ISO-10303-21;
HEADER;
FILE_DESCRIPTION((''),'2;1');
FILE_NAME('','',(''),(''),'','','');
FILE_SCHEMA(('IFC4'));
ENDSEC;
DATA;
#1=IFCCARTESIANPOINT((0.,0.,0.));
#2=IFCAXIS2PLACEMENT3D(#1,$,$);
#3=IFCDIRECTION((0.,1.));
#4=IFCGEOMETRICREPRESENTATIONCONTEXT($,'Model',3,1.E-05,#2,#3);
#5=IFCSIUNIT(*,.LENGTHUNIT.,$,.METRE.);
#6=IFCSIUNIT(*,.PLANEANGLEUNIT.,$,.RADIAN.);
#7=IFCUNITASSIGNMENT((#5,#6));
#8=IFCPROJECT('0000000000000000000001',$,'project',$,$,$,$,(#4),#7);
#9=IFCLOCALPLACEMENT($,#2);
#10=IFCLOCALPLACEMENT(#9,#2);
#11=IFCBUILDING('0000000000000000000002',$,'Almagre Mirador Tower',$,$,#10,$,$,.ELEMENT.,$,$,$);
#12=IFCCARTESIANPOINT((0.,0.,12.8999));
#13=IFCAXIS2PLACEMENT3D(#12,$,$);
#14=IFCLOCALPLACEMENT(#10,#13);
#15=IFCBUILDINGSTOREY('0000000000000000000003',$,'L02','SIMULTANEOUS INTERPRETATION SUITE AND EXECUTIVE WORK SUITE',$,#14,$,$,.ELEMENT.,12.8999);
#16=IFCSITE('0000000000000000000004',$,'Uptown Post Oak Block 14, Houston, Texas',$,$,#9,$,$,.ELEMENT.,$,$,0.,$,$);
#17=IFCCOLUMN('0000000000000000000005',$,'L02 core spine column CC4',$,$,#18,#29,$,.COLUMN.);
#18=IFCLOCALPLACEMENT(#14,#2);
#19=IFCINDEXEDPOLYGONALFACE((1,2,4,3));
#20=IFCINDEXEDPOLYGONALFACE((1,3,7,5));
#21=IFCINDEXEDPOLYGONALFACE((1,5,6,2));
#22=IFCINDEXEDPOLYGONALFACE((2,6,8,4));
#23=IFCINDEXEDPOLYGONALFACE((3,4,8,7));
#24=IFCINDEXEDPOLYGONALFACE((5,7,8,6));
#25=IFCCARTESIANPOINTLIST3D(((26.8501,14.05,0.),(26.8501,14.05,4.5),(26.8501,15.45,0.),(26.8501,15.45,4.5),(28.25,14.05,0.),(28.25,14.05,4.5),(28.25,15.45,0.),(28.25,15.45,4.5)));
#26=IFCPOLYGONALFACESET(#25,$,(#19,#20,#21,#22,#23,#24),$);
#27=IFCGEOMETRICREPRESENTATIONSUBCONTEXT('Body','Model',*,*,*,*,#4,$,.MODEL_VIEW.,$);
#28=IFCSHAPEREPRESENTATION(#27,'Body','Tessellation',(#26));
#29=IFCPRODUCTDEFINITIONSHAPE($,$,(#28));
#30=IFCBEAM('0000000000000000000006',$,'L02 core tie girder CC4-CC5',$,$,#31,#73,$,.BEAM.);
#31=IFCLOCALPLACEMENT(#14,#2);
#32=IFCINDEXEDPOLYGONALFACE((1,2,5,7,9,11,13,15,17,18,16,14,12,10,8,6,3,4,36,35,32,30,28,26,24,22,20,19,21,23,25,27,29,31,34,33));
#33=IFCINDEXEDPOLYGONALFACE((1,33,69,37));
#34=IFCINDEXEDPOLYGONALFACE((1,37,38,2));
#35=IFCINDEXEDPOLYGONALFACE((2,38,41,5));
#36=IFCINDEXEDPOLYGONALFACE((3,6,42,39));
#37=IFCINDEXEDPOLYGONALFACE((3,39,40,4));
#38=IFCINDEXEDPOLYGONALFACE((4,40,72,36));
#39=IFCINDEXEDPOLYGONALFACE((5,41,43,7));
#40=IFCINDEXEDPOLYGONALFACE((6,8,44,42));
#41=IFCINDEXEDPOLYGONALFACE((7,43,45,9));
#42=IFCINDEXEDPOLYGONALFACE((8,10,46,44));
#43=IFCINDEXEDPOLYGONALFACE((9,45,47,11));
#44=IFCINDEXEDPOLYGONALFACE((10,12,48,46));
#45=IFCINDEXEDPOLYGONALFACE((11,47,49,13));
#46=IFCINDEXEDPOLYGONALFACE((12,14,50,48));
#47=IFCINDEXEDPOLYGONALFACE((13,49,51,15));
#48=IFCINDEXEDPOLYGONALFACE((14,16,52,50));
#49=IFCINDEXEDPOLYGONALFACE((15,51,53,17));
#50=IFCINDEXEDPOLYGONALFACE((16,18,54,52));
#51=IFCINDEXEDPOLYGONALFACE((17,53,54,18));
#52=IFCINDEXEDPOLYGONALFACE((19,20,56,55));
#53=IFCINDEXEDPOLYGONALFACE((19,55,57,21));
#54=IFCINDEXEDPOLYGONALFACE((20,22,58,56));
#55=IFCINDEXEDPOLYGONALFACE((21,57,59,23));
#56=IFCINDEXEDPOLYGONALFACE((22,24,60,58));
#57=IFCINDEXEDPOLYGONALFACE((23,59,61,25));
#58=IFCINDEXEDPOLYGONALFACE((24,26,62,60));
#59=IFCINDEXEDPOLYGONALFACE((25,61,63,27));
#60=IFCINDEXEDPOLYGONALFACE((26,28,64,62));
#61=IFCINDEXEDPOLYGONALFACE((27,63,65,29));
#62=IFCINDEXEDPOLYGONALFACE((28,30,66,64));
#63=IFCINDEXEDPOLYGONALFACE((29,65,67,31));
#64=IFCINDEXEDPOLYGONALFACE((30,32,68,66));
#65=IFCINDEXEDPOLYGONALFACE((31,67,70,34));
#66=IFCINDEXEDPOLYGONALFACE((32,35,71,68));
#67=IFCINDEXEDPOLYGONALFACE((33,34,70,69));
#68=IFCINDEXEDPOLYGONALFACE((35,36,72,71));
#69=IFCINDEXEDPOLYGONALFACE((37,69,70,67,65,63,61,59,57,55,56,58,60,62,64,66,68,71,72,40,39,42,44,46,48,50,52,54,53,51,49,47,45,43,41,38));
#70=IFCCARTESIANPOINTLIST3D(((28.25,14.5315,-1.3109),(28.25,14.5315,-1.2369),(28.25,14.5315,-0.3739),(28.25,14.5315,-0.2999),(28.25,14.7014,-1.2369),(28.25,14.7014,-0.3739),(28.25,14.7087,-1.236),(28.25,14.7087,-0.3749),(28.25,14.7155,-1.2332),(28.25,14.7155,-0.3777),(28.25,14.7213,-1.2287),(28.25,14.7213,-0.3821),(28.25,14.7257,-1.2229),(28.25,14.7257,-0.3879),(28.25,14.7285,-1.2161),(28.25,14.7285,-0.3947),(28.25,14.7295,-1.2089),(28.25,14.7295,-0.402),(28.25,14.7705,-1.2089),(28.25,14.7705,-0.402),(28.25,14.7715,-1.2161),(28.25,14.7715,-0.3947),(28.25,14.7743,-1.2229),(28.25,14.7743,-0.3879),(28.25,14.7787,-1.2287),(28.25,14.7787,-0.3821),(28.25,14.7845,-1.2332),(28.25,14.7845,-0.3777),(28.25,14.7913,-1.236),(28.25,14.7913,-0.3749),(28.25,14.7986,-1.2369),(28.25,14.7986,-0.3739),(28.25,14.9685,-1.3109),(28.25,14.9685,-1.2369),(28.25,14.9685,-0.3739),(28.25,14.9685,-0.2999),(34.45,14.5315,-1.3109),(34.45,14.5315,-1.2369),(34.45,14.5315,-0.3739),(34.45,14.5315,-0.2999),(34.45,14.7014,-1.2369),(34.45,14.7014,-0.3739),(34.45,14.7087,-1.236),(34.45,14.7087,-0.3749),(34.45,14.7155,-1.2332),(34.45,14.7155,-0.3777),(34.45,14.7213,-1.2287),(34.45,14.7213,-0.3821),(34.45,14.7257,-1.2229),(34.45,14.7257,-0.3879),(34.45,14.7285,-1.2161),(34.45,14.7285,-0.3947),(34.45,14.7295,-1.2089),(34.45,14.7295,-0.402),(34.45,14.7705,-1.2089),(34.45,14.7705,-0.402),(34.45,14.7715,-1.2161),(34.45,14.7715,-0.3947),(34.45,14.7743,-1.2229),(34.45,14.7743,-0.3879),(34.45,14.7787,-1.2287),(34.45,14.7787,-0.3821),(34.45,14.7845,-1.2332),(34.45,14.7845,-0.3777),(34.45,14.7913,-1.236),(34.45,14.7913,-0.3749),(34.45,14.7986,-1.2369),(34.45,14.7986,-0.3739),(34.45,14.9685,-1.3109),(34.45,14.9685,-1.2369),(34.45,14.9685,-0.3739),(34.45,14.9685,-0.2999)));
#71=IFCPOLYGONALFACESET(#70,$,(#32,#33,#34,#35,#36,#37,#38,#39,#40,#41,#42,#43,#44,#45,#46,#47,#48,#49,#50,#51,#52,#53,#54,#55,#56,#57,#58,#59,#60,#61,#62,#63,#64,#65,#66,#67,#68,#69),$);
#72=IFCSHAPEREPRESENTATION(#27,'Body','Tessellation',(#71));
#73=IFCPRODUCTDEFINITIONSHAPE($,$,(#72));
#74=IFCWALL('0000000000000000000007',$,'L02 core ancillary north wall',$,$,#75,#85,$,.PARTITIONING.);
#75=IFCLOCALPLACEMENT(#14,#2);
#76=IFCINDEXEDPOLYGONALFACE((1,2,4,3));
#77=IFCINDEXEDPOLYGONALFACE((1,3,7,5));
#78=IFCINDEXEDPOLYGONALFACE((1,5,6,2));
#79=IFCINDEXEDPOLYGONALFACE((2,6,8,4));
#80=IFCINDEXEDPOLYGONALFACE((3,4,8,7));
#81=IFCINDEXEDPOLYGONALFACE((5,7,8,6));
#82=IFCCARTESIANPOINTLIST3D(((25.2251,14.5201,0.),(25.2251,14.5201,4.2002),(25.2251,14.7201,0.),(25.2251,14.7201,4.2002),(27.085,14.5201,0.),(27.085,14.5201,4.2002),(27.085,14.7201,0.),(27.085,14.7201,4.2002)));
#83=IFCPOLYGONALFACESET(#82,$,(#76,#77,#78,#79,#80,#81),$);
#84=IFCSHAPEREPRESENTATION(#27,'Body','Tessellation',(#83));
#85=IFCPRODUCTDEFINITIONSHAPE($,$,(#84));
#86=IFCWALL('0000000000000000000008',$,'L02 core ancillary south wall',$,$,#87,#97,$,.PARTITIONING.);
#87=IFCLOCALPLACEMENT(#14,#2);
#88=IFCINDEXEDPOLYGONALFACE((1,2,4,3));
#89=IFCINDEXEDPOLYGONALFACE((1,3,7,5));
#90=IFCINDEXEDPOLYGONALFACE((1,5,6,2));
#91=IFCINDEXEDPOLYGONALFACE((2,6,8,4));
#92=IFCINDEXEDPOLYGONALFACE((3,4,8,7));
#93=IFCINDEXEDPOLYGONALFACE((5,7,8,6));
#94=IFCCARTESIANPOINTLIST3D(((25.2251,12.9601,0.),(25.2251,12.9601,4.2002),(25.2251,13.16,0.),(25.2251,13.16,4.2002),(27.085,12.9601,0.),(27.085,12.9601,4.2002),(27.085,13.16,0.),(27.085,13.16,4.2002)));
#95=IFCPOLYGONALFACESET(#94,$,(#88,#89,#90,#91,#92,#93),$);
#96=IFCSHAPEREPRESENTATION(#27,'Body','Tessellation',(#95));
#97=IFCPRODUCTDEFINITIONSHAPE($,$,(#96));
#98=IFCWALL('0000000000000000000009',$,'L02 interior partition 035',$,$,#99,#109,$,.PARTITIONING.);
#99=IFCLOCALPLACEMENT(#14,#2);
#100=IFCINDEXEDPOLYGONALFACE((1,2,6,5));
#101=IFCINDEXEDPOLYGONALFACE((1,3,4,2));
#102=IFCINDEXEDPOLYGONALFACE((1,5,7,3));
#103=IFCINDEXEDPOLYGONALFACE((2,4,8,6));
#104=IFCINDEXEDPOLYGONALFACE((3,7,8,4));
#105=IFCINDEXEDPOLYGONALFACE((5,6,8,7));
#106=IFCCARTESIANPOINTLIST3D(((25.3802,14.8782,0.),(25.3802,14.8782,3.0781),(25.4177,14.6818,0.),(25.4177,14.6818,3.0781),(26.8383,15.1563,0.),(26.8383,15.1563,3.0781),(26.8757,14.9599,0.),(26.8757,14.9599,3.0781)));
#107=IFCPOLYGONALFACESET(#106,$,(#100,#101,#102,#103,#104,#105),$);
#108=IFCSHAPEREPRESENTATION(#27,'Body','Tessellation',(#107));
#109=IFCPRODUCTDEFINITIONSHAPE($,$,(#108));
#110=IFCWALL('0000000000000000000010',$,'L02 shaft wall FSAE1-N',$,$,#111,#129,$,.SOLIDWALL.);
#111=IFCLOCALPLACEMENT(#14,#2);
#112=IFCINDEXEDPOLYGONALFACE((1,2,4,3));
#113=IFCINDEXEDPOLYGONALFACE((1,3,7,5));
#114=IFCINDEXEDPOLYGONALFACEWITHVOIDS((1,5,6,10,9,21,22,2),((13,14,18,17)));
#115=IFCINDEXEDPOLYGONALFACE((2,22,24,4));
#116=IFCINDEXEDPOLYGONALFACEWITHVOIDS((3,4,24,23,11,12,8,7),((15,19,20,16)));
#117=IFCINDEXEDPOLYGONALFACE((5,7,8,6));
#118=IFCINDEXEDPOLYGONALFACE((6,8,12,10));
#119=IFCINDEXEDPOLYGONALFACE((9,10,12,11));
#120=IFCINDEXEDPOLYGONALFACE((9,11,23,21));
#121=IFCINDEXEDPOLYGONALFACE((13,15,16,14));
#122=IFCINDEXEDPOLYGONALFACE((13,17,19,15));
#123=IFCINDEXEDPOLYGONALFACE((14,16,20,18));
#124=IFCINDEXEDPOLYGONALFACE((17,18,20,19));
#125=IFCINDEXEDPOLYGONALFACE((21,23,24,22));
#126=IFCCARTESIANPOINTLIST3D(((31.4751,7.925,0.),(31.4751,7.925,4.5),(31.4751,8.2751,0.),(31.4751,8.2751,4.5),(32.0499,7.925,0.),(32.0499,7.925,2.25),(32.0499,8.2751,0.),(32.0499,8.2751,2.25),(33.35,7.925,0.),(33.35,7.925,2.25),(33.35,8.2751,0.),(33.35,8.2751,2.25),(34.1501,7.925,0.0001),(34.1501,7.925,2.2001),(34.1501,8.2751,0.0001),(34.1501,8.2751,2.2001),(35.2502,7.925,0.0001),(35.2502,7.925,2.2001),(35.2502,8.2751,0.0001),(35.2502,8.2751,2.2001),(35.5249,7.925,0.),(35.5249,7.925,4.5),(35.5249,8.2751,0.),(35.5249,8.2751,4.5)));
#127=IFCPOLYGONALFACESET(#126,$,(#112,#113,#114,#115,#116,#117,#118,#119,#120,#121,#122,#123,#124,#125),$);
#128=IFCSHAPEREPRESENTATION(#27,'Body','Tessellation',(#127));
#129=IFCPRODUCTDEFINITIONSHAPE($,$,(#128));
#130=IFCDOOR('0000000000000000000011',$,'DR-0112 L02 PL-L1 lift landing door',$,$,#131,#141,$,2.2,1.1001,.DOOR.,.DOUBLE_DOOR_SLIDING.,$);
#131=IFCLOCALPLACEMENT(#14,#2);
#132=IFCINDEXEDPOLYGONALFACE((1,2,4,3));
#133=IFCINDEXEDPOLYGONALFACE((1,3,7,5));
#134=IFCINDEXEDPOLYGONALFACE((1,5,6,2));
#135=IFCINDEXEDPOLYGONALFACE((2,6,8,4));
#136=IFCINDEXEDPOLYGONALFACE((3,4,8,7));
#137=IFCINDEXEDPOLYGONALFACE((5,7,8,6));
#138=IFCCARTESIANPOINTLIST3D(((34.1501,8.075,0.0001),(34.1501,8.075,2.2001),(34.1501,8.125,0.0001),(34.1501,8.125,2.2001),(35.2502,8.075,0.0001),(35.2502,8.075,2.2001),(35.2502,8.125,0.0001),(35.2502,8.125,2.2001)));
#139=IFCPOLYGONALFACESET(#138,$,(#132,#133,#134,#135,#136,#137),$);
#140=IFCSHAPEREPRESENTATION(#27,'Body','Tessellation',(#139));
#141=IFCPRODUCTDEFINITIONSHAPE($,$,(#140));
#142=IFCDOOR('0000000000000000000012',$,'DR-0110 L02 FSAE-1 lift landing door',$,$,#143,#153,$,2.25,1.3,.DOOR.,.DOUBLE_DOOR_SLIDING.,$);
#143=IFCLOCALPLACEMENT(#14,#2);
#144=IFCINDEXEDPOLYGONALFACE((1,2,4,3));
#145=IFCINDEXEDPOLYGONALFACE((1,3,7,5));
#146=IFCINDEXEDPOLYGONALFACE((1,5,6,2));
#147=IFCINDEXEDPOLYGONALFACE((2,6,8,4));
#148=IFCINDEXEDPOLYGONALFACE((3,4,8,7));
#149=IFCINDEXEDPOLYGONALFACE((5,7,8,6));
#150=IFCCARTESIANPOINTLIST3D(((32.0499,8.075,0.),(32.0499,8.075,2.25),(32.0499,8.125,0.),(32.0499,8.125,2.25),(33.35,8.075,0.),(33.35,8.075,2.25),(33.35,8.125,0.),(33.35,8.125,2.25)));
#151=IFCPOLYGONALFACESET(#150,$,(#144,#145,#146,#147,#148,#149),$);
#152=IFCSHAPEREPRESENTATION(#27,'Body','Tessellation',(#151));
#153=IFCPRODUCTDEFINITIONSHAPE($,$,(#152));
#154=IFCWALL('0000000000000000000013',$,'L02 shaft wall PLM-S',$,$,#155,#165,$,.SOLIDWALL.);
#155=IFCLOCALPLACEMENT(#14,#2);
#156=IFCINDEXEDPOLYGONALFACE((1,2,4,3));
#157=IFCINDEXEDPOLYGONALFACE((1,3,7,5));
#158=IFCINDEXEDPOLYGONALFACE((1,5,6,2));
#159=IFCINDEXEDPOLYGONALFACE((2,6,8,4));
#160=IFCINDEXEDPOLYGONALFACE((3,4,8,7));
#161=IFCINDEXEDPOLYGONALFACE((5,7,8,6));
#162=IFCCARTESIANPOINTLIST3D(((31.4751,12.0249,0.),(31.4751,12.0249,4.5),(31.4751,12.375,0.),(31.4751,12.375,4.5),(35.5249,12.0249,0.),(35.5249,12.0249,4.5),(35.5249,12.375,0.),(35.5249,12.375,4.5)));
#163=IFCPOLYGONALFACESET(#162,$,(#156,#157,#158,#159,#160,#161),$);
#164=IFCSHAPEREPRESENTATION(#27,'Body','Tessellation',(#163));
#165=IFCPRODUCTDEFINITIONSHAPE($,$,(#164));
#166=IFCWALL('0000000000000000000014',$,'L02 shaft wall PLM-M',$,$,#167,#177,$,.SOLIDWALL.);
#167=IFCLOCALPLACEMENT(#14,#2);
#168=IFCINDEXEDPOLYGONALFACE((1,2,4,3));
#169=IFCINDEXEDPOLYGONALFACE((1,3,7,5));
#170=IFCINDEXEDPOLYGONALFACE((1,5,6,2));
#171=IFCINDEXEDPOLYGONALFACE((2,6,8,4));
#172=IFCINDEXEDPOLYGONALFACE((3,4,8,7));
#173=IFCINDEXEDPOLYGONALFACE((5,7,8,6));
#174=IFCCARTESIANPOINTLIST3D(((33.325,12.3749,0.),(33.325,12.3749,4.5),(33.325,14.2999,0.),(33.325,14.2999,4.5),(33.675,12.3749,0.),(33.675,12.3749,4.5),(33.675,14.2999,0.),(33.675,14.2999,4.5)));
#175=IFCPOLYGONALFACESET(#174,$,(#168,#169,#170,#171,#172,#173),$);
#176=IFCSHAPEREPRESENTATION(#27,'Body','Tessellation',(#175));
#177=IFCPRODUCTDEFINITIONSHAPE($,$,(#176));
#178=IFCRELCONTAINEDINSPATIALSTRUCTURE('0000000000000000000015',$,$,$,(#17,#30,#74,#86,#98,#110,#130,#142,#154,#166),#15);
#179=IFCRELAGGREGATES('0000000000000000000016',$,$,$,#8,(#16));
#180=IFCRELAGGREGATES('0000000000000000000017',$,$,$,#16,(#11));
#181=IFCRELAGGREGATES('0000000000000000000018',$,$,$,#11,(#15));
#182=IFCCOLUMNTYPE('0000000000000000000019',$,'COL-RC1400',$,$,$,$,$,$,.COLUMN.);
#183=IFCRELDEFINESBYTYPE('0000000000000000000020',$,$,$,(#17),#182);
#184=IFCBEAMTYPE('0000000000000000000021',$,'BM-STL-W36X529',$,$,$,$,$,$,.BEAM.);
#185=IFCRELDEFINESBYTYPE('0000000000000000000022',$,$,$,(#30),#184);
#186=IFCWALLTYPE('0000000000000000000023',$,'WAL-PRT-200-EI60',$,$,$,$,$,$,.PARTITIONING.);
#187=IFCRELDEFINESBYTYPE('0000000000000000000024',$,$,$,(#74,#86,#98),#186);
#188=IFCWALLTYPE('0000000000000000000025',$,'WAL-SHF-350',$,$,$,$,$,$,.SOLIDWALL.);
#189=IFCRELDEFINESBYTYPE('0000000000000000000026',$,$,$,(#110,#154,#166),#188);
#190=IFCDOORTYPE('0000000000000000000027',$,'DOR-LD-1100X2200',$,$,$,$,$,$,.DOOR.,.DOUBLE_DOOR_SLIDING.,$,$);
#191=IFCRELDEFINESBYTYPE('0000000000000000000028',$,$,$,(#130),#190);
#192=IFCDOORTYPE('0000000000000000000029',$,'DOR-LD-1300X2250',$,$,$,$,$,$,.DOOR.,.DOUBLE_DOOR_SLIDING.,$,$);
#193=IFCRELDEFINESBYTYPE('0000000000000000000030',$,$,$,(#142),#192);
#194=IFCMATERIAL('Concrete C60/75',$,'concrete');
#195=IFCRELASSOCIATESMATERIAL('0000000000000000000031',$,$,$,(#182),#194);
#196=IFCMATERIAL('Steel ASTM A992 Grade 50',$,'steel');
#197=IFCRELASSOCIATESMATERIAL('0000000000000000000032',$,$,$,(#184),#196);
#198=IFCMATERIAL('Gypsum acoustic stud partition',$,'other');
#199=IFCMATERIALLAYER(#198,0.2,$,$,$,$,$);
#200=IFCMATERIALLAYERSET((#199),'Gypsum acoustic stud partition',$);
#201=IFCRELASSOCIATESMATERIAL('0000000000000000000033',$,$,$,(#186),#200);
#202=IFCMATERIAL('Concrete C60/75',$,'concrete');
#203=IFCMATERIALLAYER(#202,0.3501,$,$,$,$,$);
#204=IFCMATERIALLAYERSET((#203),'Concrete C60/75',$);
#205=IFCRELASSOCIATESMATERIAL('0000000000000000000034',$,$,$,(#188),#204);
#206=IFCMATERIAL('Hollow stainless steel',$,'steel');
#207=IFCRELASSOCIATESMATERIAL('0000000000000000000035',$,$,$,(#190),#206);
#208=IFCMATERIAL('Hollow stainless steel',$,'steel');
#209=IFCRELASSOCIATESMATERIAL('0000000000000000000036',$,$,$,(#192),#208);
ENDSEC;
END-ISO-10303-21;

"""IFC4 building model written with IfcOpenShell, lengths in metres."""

from ifc_helpers import new_model, si_unit, direction, frame, frame_2d, origin, origin_2d, place, context, subcontext, project, spatial, rectangle, i_section, extrude, material, layer, layer_set, material_profile, profile_set, type_object, element, fill, save


model = new_model("IFC4")

# Units and contexts
model_context = context("Model", 3, precision=1e-05, world=origin(), true_north=direction((0.0, 1.0)))
body_context = subcontext(model_context, "Body", "Model", "MODEL_VIEW")
ifc_project = project(units=[si_unit("LENGTHUNIT", "METRE"), si_unit("PLANEANGLEUNIT", "RADIAN")], contexts=[model_context])

# Site, building, storey
site_placement = place(None, origin())
site = spatial("IfcSite", under=ifc_project, at=site_placement, Name="Uptown Post Oak Block 14, Houston, Texas", CompositionType="ELEMENT", RefElevation=0.0)
building_placement = place(site_placement, origin())
building = spatial("IfcBuilding", under=site, at=building_placement, Name="Almagre Mirador Tower", CompositionType="ELEMENT")
storey_placement = place(building_placement, frame((0.0, 0.0, 12.8999)))
storey = spatial("IfcBuildingStorey", under=building, at=storey_placement, Name="L02", Description="SIMULTANEOUS INTERPRETATION SUITE AND EXECUTIVE WORK SUITE", CompositionType="ELEMENT", Elevation=12.8999)

# Column
ifc_material_1 = material(Name="Concrete C60/75", Category="concrete")
ifc_material_profile_1 = material_profile(ifc_material_1, rectangle(XDim=1.3999, YDim=1.3999, at=origin_2d()), Name="RC1400X1400")
ifc_profile_set_1 = profile_set([ifc_material_profile_1], Name="Concrete C60/75")
column_type = type_object("IfcColumnType", Name="COL-RC1400", PredefinedType="COLUMN", material=ifc_profile_set_1)
column_placement = place(storey_placement, frame((27.55, 14.75, 0.0), z_axis=(0.0, 0.0, 1.0), x_axis=(1.0, 0.0, 0.0)))
element("IfcColumn", 1, at=column_placement, inside=storey, type_object=column_type, Name="L02 core spine column CC4", PredefinedType="COLUMN", context=body_context, shape_type="SweptSolid", body=[
    extrude(rectangle(XDim=1.3999, YDim=1.3999, at=origin_2d()), origin(), (0.0, 0.0, 1.0), 4.5),
])

# Beam
ifc_material_2 = material(Name="Steel ASTM A992 Grade 50", Category="steel")
ifc_material_profile_2 = material_profile(ifc_material_2, i_section(OverallWidth=0.437, OverallDepth=1.011, WebThickness=0.041, FlangeThickness=0.074, FilletRadius=0.0281, at=origin_2d()), Name="W36X529")
ifc_profile_set_2 = profile_set([ifc_material_profile_2], Name="Steel ASTM A992 Grade 50")
beam_type = type_object("IfcBeamType", Name="BM-STL-W36X529", PredefinedType="BEAM", material=ifc_profile_set_2)
beam_placement = place(storey_placement, frame((28.25, 14.75, -0.8054), z_axis=(1.0, 0.0, 0.0), x_axis=(0.0, 1.0, 0.0)))
element("IfcBeam", 2, at=beam_placement, inside=storey, type_object=beam_type, Name="L02 core tie girder CC4-CC5", PredefinedType="BEAM", context=body_context, shape_type="SweptSolid", body=[
    extrude(i_section(OverallWidth=0.437, OverallDepth=1.011, WebThickness=0.041, FlangeThickness=0.074, FilletRadius=0.0281, at=origin_2d()), origin(), (0.0, 0.0, 1.0), 6.2),
])

# Walls
ifc_material_3 = material(Name="Gypsum acoustic stud partition", Category="other")
ifc_layer_1 = layer(ifc_material_3, 0.2)
ifc_layer_set_1 = layer_set([ifc_layer_1], Name="Gypsum acoustic stud partition")
wall_type_1 = type_object("IfcWallType", Name="WAL-PRT-200-EI60", PredefinedType="PARTITIONING", material=ifc_layer_set_1)
for number, where, z_axis, x_axis, name in (
    (3, (25.2251, 14.6201, 0.0), (0.0, 0.0, 1.0), (1.0, 0.0, 0.0), "L02 core ancillary north wall"),
    (4, (25.2251, 13.0601, 0.0), (0.0, 0.0, 1.0), (1.0, 0.0, 0.0), "L02 core ancillary south wall"),
):
    element("IfcWall", number, at=place(storey_placement, frame(where, z_axis=z_axis, x_axis=x_axis)), inside=storey, type_object=wall_type_1, Name=name, PredefinedType="PARTITIONING", context=body_context, shape_type="SweptSolid", body=[
        extrude(rectangle(XDim=1.8599, YDim=0.2, at=frame_2d((0.9299, 0.0))), origin(), (0.0, 0.0, 1.0), 4.2002),
    ])
wall_1_placement = place(storey_placement, frame((25.3989, 14.78, 0.0), z_axis=(0.0, 0.0, 1.0), x_axis=(0.982294, 0.187346, 0.0)))
element("IfcWall", 5, at=wall_1_placement, inside=storey, type_object=wall_type_1, Name="L02 interior partition 035", PredefinedType="PARTITIONING", context=body_context, shape_type="SweptSolid", body=[
    extrude(rectangle(XDim=1.4844, YDim=0.2, at=frame_2d((0.7422, 0.0))), origin(), (0.0, 0.0, 1.0), 3.0781),
])

# Wall, openings, doors
ifc_material_4 = material(Name="Concrete C60/75", Category="concrete")
ifc_layer_2 = layer(ifc_material_4, 0.3501)
ifc_layer_set_2 = layer_set([ifc_layer_2], Name="Concrete C60/75")
wall_type_2 = type_object("IfcWallType", Name="WAL-SHF-350", PredefinedType="SOLIDWALL", material=ifc_layer_set_2)
wall_2_placement = place(storey_placement, frame((31.4751, 8.1001, 0.0), z_axis=(0.0, 0.0, 1.0), x_axis=(1.0, 0.0, 0.0)))
wall_2 = element("IfcWall", 6, at=wall_2_placement, inside=storey, type_object=wall_type_2, Name="L02 shaft wall FSAE1-N", PredefinedType="SOLIDWALL", context=body_context, shape_type="SweptSolid", body=[
    extrude(rectangle(XDim=4.0498, YDim=0.3501, at=frame_2d((2.0249, 0.0))), origin(), (0.0, 0.0, 1.0), 4.5),
])
opening_1_placement = place(wall_2_placement, frame((0.575, 0.0, 0.0)))
opening_1 = element("IfcOpeningElement", 7, at=opening_1_placement, cuts=wall_2, PredefinedType="OPENING", context=body_context, shape_type="SweptSolid", body=[
    extrude(rectangle(XDim=1.3, YDim=2.25, at=frame_2d((0.6499, 1.125))), frame((0.0, 0.185, 0.0), z_axis=(0.0, -1.0, 0.0), x_axis=(1.0, 0.0, 0.0)), (0.0, 0.0, 1.0), 0.3701),
])
opening_2_placement = place(wall_2_placement, frame((2.675, 0.0, 0.0)))
opening_2 = element("IfcOpeningElement", 8, at=opening_2_placement, cuts=wall_2, PredefinedType="OPENING", context=body_context, shape_type="SweptSolid", body=[
    extrude(rectangle(XDim=1.1001, YDim=2.2, at=frame_2d((0.55, 1.1001))), frame((0.0, 0.185, 0.0), z_axis=(0.0, -1.0, 0.0), x_axis=(1.0, 0.0, 0.0)), (0.0, 0.0, 1.0), 0.3701),
])
ifc_material_5 = material(Name="Hollow stainless steel", Category="steel")
door_type_1 = type_object("IfcDoorType", Name="DOR-LD-1100X2200", OperationType="DOUBLE_DOOR_SLIDING", PredefinedType="DOOR", material=ifc_material_5)
door_1_placement = place(opening_2_placement, origin())
door_1 = element("IfcDoor", 9, at=door_1_placement, inside=storey, type_object=door_type_1, Name="DR-0112 L02 PL-L1 lift landing door", OperationType="DOUBLE_DOOR_SLIDING", OverallHeight=2.2, OverallWidth=1.1001, PredefinedType="DOOR", context=body_context, shape_type="SweptSolid", body=[
    extrude(rectangle(XDim=1.1001, YDim=2.2, at=frame_2d((0.55, 1.1001))), frame((0.0, 0.0249, 0.0), z_axis=(0.0, -1.0, 0.0), x_axis=(1.0, 0.0, 0.0)), (0.0, 0.0, 1.0), 0.05),
])
fill(opening_2, door_1)
ifc_material_6 = material(Name="Hollow stainless steel", Category="steel")
door_type_2 = type_object("IfcDoorType", Name="DOR-LD-1300X2250", OperationType="DOUBLE_DOOR_SLIDING", PredefinedType="DOOR", material=ifc_material_6)
door_2_placement = place(opening_1_placement, origin())
door_2 = element("IfcDoor", 10, at=door_2_placement, inside=storey, type_object=door_type_2, Name="DR-0110 L02 FSAE-1 lift landing door", OperationType="DOUBLE_DOOR_SLIDING", OverallHeight=2.25, OverallWidth=1.3, PredefinedType="DOOR", context=body_context, shape_type="SweptSolid", body=[
    extrude(rectangle(XDim=1.3, YDim=2.25, at=frame_2d((0.6499, 1.125))), frame((0.0, 0.0249, 0.0), z_axis=(0.0, -1.0, 0.0), x_axis=(1.0, 0.0, 0.0)), (0.0, 0.0, 1.0), 0.05),
])
fill(opening_1, door_2)

# Walls
wall_3_placement = place(storey_placement, frame((31.4751, 12.2, 0.0), z_axis=(0.0, 0.0, 1.0), x_axis=(1.0, 0.0, 0.0)))
element("IfcWall", 11, at=wall_3_placement, inside=storey, type_object=wall_type_2, Name="L02 shaft wall PLM-S", PredefinedType="SOLIDWALL", context=body_context, shape_type="SweptSolid", body=[
    extrude(rectangle(XDim=4.0498, YDim=0.3501, at=frame_2d((2.0249, 0.0))), origin(), (0.0, 0.0, 1.0), 4.5),
])
wall_4_placement = place(storey_placement, frame((33.5, 12.375, 0.0), z_axis=(0.0, 0.0, 1.0), x_axis=(0.0, 1.0, 0.0)))
element("IfcWall", 12, at=wall_4_placement, inside=storey, type_object=wall_type_2, Name="L02 shaft wall PLM-M", PredefinedType="SOLIDWALL", context=body_context, shape_type="SweptSolid", body=[
    extrude(rectangle(XDim=1.925, YDim=0.3501, at=frame_2d((0.9624, 0.0))), origin(), (0.0, 0.0, 1.0), 4.5),
])

save(model, "model.ifc")
